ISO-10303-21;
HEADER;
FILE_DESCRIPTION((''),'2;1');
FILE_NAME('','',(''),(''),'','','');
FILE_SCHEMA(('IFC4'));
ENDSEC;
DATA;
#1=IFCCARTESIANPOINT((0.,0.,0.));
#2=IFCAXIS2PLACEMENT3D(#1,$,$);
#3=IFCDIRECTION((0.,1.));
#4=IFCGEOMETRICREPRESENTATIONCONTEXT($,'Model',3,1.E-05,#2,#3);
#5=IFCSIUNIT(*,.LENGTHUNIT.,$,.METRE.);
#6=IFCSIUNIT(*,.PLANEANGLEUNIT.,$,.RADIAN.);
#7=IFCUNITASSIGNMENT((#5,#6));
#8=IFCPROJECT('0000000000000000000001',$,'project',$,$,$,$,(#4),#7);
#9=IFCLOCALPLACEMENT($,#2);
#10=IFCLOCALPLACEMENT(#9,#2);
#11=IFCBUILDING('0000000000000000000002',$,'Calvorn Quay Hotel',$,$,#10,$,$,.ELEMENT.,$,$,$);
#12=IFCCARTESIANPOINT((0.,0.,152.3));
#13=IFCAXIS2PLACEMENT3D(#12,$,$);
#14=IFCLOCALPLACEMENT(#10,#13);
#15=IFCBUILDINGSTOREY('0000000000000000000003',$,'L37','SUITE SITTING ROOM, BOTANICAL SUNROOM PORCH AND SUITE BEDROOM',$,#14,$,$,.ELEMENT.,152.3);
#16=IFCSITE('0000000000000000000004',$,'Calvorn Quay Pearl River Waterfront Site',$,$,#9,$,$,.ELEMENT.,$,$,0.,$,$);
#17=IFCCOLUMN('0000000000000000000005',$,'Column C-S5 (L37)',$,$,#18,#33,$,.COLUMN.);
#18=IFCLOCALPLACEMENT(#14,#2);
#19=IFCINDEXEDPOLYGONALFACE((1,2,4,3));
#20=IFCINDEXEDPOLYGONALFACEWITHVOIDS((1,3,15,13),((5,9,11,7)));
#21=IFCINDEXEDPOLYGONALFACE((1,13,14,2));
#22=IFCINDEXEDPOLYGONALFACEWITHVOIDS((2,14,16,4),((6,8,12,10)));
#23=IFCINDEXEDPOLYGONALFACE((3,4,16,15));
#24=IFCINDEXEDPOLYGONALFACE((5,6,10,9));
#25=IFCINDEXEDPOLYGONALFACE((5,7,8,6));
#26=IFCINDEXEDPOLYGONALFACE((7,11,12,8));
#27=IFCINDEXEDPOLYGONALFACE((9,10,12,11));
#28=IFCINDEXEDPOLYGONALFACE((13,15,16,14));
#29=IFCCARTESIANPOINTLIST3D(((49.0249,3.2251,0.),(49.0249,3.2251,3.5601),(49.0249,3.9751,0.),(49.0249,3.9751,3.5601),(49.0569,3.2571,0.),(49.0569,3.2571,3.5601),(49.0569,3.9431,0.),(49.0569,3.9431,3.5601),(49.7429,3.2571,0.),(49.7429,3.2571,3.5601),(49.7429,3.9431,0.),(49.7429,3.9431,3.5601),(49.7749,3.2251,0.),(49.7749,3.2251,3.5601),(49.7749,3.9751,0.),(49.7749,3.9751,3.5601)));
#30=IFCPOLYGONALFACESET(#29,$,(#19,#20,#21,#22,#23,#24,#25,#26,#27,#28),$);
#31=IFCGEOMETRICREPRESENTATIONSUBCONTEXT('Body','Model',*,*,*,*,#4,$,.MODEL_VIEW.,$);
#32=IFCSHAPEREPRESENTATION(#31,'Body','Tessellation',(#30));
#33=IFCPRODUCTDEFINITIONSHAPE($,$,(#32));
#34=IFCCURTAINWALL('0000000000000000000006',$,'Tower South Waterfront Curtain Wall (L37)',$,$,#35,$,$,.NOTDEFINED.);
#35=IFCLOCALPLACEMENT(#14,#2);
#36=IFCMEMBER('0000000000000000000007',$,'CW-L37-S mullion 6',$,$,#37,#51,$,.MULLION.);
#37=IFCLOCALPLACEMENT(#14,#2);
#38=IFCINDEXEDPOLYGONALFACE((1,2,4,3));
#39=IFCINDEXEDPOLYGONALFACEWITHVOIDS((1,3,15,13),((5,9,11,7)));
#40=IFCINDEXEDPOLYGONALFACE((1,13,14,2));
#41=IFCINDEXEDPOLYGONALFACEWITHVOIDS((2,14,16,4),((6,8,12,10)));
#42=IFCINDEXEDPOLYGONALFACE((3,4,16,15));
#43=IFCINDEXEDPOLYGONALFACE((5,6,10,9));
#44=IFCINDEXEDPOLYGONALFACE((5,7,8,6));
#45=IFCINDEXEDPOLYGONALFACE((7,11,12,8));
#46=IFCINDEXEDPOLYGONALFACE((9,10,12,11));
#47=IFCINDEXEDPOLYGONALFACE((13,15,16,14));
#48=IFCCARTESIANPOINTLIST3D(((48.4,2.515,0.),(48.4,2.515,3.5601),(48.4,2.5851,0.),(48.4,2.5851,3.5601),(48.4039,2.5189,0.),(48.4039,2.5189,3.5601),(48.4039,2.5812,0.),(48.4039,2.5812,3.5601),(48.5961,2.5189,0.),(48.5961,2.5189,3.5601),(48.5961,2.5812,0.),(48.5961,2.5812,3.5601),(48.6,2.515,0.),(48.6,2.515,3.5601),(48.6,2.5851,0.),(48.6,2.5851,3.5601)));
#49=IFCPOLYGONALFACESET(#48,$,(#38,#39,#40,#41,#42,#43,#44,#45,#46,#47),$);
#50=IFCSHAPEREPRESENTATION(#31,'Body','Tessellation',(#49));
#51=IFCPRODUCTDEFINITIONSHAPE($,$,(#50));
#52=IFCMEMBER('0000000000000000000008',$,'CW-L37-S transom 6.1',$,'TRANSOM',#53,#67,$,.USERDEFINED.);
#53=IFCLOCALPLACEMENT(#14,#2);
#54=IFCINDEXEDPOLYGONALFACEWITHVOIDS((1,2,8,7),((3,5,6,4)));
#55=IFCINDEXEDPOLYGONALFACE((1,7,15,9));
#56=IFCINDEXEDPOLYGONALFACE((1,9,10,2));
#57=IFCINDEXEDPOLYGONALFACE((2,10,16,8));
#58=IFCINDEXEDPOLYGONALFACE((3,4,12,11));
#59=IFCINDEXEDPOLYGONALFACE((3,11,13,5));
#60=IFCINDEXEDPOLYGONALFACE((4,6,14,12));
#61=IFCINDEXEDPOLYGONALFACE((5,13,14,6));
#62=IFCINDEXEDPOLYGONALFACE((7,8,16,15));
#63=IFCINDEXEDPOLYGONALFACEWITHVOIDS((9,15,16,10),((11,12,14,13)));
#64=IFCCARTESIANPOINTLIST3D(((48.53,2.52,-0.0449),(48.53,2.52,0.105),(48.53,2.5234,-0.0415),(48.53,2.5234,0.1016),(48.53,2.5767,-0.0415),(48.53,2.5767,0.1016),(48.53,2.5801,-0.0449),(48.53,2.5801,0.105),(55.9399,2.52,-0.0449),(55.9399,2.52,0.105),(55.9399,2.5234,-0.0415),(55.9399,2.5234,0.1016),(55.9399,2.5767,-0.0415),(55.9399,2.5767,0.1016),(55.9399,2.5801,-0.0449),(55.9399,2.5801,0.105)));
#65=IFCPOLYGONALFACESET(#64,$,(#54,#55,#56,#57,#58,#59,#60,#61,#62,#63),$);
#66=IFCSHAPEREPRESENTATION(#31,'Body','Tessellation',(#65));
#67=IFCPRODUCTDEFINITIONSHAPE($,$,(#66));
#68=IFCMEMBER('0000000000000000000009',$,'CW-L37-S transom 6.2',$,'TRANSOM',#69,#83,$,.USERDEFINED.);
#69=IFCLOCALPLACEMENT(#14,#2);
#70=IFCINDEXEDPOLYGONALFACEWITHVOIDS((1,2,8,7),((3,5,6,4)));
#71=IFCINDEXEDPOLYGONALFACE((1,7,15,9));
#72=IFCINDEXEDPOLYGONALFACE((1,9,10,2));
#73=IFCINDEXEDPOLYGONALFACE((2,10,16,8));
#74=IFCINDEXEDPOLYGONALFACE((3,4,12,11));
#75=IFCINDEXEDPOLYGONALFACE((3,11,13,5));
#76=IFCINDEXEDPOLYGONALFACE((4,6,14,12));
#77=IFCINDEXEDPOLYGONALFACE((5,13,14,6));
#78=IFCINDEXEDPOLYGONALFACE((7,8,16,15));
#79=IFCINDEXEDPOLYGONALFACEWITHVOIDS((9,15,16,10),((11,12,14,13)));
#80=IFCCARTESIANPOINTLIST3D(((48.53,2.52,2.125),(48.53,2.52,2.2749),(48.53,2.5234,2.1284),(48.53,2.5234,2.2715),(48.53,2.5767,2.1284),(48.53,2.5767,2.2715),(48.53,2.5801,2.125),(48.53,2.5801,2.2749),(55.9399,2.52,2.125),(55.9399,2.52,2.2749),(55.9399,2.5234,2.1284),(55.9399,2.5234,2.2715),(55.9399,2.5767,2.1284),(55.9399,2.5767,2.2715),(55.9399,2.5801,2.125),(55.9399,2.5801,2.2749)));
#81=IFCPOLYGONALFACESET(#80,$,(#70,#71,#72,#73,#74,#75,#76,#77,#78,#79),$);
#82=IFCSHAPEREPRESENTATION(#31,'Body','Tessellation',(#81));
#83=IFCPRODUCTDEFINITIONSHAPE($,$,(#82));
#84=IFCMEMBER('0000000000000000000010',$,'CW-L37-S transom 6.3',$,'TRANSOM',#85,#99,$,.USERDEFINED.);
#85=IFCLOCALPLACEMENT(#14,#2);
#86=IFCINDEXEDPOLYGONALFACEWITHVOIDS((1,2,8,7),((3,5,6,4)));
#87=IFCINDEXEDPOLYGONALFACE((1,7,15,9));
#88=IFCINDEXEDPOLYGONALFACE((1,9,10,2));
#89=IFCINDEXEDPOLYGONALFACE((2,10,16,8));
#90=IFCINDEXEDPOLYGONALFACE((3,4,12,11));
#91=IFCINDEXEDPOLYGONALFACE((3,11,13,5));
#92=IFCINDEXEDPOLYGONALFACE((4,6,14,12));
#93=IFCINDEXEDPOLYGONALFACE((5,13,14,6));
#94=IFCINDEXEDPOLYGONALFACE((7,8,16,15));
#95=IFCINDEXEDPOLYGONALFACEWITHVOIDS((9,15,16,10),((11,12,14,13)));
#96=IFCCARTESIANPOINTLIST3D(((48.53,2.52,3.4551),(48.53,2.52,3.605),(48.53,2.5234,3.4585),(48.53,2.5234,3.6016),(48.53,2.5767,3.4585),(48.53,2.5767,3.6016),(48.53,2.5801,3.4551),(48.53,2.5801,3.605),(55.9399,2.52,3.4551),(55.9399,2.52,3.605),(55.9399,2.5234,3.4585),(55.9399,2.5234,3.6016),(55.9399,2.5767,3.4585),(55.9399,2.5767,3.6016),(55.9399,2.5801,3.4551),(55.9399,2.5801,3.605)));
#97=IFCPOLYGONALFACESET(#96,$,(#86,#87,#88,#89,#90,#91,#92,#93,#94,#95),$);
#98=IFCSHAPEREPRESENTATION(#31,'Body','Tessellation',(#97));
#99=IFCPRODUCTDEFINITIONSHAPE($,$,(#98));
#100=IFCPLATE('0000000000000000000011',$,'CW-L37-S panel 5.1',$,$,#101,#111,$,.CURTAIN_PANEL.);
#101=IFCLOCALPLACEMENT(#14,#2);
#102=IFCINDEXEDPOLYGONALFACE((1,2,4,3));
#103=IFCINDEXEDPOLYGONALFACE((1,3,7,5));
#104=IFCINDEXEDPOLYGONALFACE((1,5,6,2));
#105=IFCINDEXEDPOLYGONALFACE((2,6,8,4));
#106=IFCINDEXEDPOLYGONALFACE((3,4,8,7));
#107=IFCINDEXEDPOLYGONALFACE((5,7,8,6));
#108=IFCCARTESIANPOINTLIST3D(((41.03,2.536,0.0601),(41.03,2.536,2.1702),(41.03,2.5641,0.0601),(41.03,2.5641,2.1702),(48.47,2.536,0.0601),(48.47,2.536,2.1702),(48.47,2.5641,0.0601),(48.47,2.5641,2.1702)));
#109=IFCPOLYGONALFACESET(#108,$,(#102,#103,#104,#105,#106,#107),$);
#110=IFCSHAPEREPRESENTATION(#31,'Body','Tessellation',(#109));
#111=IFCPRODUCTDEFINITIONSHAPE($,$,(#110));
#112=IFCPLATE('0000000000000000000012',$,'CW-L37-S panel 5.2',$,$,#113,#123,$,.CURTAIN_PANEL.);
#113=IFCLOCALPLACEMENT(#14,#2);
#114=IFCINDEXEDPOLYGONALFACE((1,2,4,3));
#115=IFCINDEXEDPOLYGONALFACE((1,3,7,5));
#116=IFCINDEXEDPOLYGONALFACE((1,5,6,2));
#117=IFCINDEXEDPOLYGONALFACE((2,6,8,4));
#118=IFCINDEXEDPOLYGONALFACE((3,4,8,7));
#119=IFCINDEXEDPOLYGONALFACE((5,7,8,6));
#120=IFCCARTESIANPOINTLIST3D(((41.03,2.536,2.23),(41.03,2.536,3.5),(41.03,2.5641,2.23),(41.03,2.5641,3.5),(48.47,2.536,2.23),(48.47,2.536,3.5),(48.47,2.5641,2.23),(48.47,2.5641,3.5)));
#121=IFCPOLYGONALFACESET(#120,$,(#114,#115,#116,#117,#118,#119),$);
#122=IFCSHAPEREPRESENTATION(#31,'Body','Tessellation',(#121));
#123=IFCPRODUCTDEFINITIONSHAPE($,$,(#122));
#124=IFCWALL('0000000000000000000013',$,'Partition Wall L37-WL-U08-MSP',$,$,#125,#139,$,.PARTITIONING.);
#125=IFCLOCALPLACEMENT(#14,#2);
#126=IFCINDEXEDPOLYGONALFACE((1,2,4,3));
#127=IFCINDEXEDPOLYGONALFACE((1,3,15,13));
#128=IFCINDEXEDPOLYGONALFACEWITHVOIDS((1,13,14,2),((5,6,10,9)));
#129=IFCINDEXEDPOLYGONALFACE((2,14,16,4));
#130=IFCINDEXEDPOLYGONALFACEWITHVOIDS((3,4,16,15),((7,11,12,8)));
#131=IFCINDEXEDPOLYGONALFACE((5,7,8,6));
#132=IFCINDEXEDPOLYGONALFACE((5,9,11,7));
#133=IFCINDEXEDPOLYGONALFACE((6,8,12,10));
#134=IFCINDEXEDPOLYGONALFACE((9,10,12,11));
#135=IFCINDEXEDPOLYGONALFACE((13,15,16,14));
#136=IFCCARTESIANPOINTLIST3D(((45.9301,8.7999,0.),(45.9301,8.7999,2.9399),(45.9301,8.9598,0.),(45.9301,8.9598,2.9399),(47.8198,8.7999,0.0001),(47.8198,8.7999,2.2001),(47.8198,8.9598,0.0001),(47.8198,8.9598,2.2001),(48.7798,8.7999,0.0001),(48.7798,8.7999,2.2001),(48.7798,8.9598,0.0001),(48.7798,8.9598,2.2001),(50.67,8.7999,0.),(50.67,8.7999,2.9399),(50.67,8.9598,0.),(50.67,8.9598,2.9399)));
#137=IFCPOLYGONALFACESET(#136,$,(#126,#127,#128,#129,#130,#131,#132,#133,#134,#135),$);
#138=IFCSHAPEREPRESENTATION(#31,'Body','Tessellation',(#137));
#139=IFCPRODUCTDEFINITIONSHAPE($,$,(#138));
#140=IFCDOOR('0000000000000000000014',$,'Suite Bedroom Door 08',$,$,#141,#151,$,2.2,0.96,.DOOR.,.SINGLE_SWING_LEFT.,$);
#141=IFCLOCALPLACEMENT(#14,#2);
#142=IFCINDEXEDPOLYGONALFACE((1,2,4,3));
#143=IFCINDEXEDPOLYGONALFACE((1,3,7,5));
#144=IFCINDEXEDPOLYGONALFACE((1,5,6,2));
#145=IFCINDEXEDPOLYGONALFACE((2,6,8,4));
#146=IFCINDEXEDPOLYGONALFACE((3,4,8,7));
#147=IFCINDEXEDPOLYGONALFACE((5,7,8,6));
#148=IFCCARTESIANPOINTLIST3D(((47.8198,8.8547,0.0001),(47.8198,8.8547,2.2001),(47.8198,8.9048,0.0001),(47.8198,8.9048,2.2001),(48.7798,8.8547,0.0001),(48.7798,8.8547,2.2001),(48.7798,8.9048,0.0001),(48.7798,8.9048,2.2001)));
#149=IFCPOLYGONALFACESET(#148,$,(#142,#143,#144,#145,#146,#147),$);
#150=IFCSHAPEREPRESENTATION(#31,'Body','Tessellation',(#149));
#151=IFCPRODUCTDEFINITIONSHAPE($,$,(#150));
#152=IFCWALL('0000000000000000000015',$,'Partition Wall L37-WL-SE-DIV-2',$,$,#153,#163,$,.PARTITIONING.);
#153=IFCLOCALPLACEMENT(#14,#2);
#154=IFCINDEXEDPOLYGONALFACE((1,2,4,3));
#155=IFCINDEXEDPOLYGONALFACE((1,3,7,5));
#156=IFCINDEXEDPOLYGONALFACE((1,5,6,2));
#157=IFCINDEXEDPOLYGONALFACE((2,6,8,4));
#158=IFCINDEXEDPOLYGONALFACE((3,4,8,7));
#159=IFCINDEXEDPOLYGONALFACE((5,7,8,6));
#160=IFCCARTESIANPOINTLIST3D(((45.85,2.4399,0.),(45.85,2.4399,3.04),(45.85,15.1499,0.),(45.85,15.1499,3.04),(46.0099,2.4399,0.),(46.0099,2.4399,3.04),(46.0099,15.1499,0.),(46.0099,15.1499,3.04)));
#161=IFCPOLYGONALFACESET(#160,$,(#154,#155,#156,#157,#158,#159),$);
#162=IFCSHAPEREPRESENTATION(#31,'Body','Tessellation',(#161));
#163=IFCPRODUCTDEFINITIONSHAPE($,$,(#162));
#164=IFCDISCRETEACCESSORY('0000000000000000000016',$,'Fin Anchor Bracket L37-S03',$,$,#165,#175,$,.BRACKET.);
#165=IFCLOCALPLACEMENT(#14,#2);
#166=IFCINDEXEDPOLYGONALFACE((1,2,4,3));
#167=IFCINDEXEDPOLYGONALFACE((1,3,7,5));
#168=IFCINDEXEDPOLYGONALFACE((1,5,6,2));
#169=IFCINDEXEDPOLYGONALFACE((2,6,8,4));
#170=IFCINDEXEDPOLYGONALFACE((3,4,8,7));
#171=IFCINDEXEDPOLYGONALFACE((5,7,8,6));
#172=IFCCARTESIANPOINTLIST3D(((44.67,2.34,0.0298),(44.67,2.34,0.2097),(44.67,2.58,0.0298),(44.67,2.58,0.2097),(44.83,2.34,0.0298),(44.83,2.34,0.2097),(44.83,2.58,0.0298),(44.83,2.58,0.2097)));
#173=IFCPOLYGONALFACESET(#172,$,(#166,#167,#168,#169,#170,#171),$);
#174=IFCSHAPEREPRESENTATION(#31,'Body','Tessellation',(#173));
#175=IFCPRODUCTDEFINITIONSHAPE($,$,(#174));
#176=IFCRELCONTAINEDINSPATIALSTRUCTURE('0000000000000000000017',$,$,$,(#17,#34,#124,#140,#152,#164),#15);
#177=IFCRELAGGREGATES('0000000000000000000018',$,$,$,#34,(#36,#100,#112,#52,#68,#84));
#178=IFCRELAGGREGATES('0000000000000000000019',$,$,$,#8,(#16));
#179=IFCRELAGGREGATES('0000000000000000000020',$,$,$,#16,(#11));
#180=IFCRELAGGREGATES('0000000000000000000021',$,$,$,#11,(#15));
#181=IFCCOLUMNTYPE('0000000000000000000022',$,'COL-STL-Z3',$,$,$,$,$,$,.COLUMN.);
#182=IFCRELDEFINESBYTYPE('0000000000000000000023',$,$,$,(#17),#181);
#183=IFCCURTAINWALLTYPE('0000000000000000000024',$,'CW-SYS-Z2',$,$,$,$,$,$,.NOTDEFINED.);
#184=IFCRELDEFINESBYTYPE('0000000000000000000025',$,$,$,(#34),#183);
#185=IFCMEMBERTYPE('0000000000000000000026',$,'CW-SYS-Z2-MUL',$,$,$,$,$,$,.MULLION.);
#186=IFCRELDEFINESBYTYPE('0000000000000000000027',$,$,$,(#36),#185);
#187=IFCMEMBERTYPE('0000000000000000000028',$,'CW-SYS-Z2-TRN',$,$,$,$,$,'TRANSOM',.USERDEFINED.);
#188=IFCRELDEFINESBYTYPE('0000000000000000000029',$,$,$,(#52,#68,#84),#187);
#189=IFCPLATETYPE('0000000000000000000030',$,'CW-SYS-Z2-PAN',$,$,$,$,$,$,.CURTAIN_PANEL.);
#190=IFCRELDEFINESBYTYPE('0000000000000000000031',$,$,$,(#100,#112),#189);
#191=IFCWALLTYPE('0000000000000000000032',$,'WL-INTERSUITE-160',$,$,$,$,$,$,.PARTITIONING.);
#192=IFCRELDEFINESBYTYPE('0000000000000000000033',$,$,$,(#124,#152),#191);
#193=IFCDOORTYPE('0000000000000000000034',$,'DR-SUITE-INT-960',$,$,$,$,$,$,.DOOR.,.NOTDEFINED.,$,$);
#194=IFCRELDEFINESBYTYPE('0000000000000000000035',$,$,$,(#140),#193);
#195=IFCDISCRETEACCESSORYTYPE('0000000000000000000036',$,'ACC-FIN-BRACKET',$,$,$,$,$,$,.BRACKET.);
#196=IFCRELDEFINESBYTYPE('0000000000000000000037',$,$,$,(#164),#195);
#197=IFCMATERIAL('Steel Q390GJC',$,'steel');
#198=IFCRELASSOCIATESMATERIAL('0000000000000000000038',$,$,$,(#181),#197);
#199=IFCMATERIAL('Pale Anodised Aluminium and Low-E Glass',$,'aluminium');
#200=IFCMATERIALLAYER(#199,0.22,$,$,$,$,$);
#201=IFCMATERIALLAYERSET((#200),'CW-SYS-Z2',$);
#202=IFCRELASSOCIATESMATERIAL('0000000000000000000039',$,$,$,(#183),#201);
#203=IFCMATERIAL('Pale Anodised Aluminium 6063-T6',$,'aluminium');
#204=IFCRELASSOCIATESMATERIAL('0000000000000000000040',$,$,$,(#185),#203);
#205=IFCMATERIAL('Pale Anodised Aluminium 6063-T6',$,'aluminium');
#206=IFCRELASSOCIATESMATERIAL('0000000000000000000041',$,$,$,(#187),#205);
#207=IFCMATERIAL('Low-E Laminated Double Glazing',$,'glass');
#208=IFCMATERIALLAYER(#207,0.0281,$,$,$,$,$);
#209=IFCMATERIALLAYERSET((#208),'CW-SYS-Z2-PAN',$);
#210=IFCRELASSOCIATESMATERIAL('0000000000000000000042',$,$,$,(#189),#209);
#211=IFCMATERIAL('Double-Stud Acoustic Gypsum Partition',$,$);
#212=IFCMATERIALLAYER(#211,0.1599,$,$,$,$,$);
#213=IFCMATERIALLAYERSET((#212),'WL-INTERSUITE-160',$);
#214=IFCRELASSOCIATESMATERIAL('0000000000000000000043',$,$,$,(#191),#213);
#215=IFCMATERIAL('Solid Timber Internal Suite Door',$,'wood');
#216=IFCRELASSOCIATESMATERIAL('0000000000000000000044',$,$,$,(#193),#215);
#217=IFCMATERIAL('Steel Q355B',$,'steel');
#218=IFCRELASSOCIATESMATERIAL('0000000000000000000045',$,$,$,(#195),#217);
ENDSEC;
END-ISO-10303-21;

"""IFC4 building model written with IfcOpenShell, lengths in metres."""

from ifc_helpers import new_model, si_unit, direction, frame, frame_2d, origin, origin_2d, place, context, subcontext, project, spatial, rectangle, hollow_rectangle, extrude, material, layer, layer_set, material_profile, profile_set, type_object, element, fill, aggregate, save


model = new_model("IFC4")

# Units and contexts
model_context = context("Model", 3, precision=1e-05, world=origin(), true_north=direction((0.0, 1.0)))
body_context = subcontext(model_context, "Body", "Model", "MODEL_VIEW")
ifc_project = project(units=[si_unit("LENGTHUNIT", "METRE"), si_unit("PLANEANGLEUNIT", "RADIAN")], contexts=[model_context])

# Site, building, storey
site_placement = place(None, origin())
site = spatial("IfcSite", under=ifc_project, at=site_placement, Name="Calvorn Quay Pearl River Waterfront Site", CompositionType="ELEMENT", RefElevation=0.0)
building_placement = place(site_placement, origin())
building = spatial("IfcBuilding", under=site, at=building_placement, Name="Calvorn Quay Hotel", CompositionType="ELEMENT")
storey_placement = place(building_placement, frame((0.0, 0.0, 152.3)))
storey = spatial("IfcBuildingStorey", under=building, at=storey_placement, Name="L37", Description="SUITE SITTING ROOM, BOTANICAL SUNROOM PORCH AND SUITE BEDROOM", CompositionType="ELEMENT", Elevation=152.3)

# Column
ifc_material_1 = material(Name="Steel Q390GJC", Category="steel")
ifc_material_profile_1 = material_profile(ifc_material_1, hollow_rectangle(XDim=0.75, YDim=0.75, WallThickness=0.032, at=origin_2d()), Name="BOX750x750x32")
ifc_profile_set_1 = profile_set([ifc_material_profile_1], Name="Steel Q390GJC")
column_type = type_object("IfcColumnType", Name="COL-STL-Z3", PredefinedType="COLUMN", material=ifc_profile_set_1)
column_placement = place(storey_placement, frame((49.3999, 3.6001, 0.0), z_axis=(0.0, 0.0, 1.0), x_axis=(1.0, 0.0, 0.0)))
element("IfcColumn", 1, at=column_placement, inside=storey, type_object=column_type, Name="Column C-S5 (L37)", PredefinedType="COLUMN", context=body_context, shape_type="SweptSolid", body=[
    extrude(hollow_rectangle(XDim=0.75, YDim=0.75, WallThickness=0.032, at=origin_2d()), origin(), (0.0, 0.0, 1.0), 3.5601),
])

# Curtain wall, members, plates
ifc_material_2 = material(Name="Pale Anodised Aluminium and Low-E Glass", Category="aluminium")
ifc_layer_1 = layer(ifc_material_2, 0.22)
ifc_layer_set_1 = layer_set([ifc_layer_1], Name="CW-SYS-Z2")
curtain_wall_type = type_object("IfcCurtainWallType", Name="CW-SYS-Z2", PredefinedType="NOTDEFINED", material=ifc_layer_set_1)
curtain_wall_placement = place(storey_placement, origin())
curtain_wall = element("IfcCurtainWall", 2, at=curtain_wall_placement, inside=storey, type_object=curtain_wall_type, Name="Tower South Waterfront Curtain Wall (L37)", PredefinedType="NOTDEFINED")
ifc_material_3 = material(Name="Pale Anodised Aluminium 6063-T6", Category="aluminium")
ifc_material_profile_2 = material_profile(ifc_material_3, hollow_rectangle(XDim=0.0701, YDim=0.2, WallThickness=0.0039, at=origin_2d()), Name="ALU-M200x70x4")
ifc_profile_set_2 = profile_set([ifc_material_profile_2], Name="Pale Anodised Aluminium 6063-T6")
member_type_1 = type_object("IfcMemberType", Name="CW-SYS-Z2-MUL", PredefinedType="MULLION", material=ifc_profile_set_2)
member_1_placement = place(storey_placement, frame((48.5, 2.55, 0.0), z_axis=(0.0, 0.0, 1.0), x_axis=(0.0, 1.0, 0.0)))
member_1 = element("IfcMember", 3, at=member_1_placement, type_object=member_type_1, Name="CW-L37-S mullion 6", PredefinedType="MULLION", context=body_context, shape_type="SweptSolid", body=[
    extrude(hollow_rectangle(XDim=0.0701, YDim=0.2, WallThickness=0.0039, at=origin_2d()), origin(), (0.0, 0.0, 1.0), 3.5601),
])
ifc_material_4 = material(Name="Pale Anodised Aluminium 6063-T6", Category="aluminium")
ifc_material_profile_3 = material_profile(ifc_material_4, hollow_rectangle(XDim=0.0601, YDim=0.1499, WallThickness=0.0034, at=origin_2d()), Name="ALU-T150x60x3.5")
ifc_profile_set_3 = profile_set([ifc_material_profile_3], Name="Pale Anodised Aluminium 6063-T6")
member_type_2 = type_object("IfcMemberType", Name="CW-SYS-Z2-TRN", ElementType="TRANSOM", PredefinedType="USERDEFINED", material=ifc_profile_set_3)
member_2_placement = place(storey_placement, frame((48.53, 2.55, 0.03), z_axis=(1.0, 0.0, 0.0), x_axis=(0.0, 1.0, 0.0)))
member_2 = element("IfcMember", 4, at=member_2_placement, type_object=member_type_2, Name="CW-L37-S transom 6.1", ObjectType="TRANSOM", PredefinedType="USERDEFINED", context=body_context, shape_type="SweptSolid", body=[
    extrude(hollow_rectangle(XDim=0.0601, YDim=0.1499, WallThickness=0.0034, at=origin_2d()), origin(), (0.0, 0.0, 1.0), 7.4099),
])
member_3_placement = place(storey_placement, frame((48.53, 2.55, 2.2), z_axis=(1.0, 0.0, 0.0), x_axis=(0.0, 1.0, 0.0)))
member_3 = element("IfcMember", 5, at=member_3_placement, type_object=member_type_2, Name="CW-L37-S transom 6.2", ObjectType="TRANSOM", PredefinedType="USERDEFINED", context=body_context, shape_type="SweptSolid", body=[
    extrude(hollow_rectangle(XDim=0.0601, YDim=0.1499, WallThickness=0.0034, at=origin_2d()), origin(), (0.0, 0.0, 1.0), 7.4099),
])
member_4_placement = place(storey_placement, frame((48.53, 2.55, 3.53), z_axis=(1.0, 0.0, 0.0), x_axis=(0.0, 1.0, 0.0)))
member_4 = element("IfcMember", 6, at=member_4_placement, type_object=member_type_2, Name="CW-L37-S transom 6.3", ObjectType="TRANSOM", PredefinedType="USERDEFINED", context=body_context, shape_type="SweptSolid", body=[
    extrude(hollow_rectangle(XDim=0.0601, YDim=0.1499, WallThickness=0.0034, at=origin_2d()), origin(), (0.0, 0.0, 1.0), 7.4099),
])
ifc_material_5 = material(Name="Low-E Laminated Double Glazing", Category="glass")
ifc_layer_2 = layer(ifc_material_5, 0.0281)
ifc_layer_set_2 = layer_set([ifc_layer_2], Name="CW-SYS-Z2-PAN")
plate_type = type_object("IfcPlateType", Name="CW-SYS-Z2-PAN", PredefinedType="CURTAIN_PANEL", material=ifc_layer_set_2)
plate_1_placement = place(storey_placement, frame((44.75, 2.55, 0.0601), z_axis=(0.0, 0.0, 1.0), x_axis=(1.0, 0.0, 0.0)))
plate_1 = element("IfcPlate", 7, at=plate_1_placement, type_object=plate_type, Name="CW-L37-S panel 5.1", PredefinedType="CURTAIN_PANEL", context=body_context, shape_type="SweptSolid", body=[
    extrude(rectangle(XDim=7.4399, YDim=0.0281, at=origin_2d()), origin(), (0.0, 0.0, 1.0), 2.1101),
])
plate_2_placement = place(storey_placement, frame((44.75, 2.55, 2.23), z_axis=(0.0, 0.0, 1.0), x_axis=(1.0, 0.0, 0.0)))
plate_2 = element("IfcPlate", 8, at=plate_2_placement, type_object=plate_type, Name="CW-L37-S panel 5.2", PredefinedType="CURTAIN_PANEL", context=body_context, shape_type="SweptSolid", body=[
    extrude(rectangle(XDim=7.4399, YDim=0.0281, at=origin_2d()), origin(), (0.0, 0.0, 1.0), 1.27),
])
aggregate(curtain_wall, [member_1, plate_1, plate_2, member_2, member_3, member_4])

# Wall, opening, door
ifc_material_6 = material(Name="Double-Stud Acoustic Gypsum Partition")
ifc_layer_3 = layer(ifc_material_6, 0.1599)
ifc_layer_set_3 = layer_set([ifc_layer_3], Name="WL-INTERSUITE-160")
wall_type = type_object("IfcWallType", Name="WL-INTERSUITE-160", PredefinedType="PARTITIONING", material=ifc_layer_set_3)
wall_1_placement = place(storey_placement, frame((45.9299, 8.8799, 0.0), z_axis=(0.0, 0.0, 1.0), x_axis=(1.0, 0.0, 0.0)))
wall_1 = element("IfcWall", 9, at=wall_1_placement, inside=storey, type_object=wall_type, Name="Partition Wall L37-WL-U08-MSP", PredefinedType="PARTITIONING", context=body_context, shape_type="SweptSolid", body=[
    extrude(rectangle(XDim=4.74, YDim=0.1599, at=frame_2d((2.3701, 0.0))), origin(), (0.0, 0.0, 1.0), 2.9399),
])
opening_placement = place(wall_1_placement, frame((1.8899, 0.0, 0.0)))
opening = element("IfcOpeningElement", 10, at=opening_placement, cuts=wall_1, PredefinedType="OPENING", context=body_context, shape_type="SweptSolid", body=[
    extrude(rectangle(XDim=0.96, YDim=2.2, at=frame_2d((0.48, 1.1001))), frame((0.0, 0.0898, 0.0), z_axis=(0.0, -1.0, 0.0), x_axis=(1.0, 0.0, 0.0)), (0.0, 0.0, 1.0), 0.1799),
])
ifc_material_7 = material(Name="Solid Timber Internal Suite Door", Category="wood")
door_type = type_object("IfcDoorType", Name="DR-SUITE-INT-960", OperationType="NOTDEFINED", PredefinedType="DOOR", material=ifc_material_7)
door_placement = place(opening_placement, origin())
door = element("IfcDoor", 11, at=door_placement, inside=storey, type_object=door_type, Name="Suite Bedroom Door 08", OperationType="SINGLE_SWING_LEFT", OverallHeight=2.2, OverallWidth=0.96, PredefinedType="DOOR", context=body_context, shape_type="SweptSolid", body=[
    extrude(rectangle(XDim=0.96, YDim=2.2, at=frame_2d((0.48, 1.1001))), frame((0.0, 0.0249, 0.0), z_axis=(0.0, -1.0, 0.0), x_axis=(1.0, 0.0, 0.0)), (0.0, 0.0, 1.0), 0.05),
])
fill(opening, door)

# Wall
wall_2_placement = place(storey_placement, frame((45.9299, 2.4399, 0.0), z_axis=(0.0, 0.0, 1.0), x_axis=(0.0, 1.0, 0.0)))
element("IfcWall", 12, at=wall_2_placement, inside=storey, type_object=wall_type, Name="Partition Wall L37-WL-SE-DIV-2", PredefinedType="PARTITIONING", context=body_context, shape_type="SweptSolid", body=[
    extrude(rectangle(XDim=12.71, YDim=0.1599, at=frame_2d((6.355, 0.0))), origin(), (0.0, 0.0, 1.0), 3.04),
])

# Discrete accessory
ifc_material_8 = material(Name="Steel Q355B", Category="steel")
discrete_accessory_type = type_object("IfcDiscreteAccessoryType", Name="ACC-FIN-BRACKET", PredefinedType="BRACKET", material=ifc_material_8)
discrete_accessory_placement = place(storey_placement, frame((44.75, 2.46, 0.0298), z_axis=(0.0, 0.0, 1.0), x_axis=(0.0, 1.0, 0.0)))
element("IfcDiscreteAccessory", 13, at=discrete_accessory_placement, inside=storey, type_object=discrete_accessory_type, Name="Fin Anchor Bracket L37-S03", PredefinedType="BRACKET", context=body_context, shape_type="SweptSolid", body=[
    extrude(rectangle(XDim=0.24, YDim=0.1599, at=origin_2d()), origin(), (0.0, 0.0, 1.0), 0.1799),
])

save(model, "model.ifc")
